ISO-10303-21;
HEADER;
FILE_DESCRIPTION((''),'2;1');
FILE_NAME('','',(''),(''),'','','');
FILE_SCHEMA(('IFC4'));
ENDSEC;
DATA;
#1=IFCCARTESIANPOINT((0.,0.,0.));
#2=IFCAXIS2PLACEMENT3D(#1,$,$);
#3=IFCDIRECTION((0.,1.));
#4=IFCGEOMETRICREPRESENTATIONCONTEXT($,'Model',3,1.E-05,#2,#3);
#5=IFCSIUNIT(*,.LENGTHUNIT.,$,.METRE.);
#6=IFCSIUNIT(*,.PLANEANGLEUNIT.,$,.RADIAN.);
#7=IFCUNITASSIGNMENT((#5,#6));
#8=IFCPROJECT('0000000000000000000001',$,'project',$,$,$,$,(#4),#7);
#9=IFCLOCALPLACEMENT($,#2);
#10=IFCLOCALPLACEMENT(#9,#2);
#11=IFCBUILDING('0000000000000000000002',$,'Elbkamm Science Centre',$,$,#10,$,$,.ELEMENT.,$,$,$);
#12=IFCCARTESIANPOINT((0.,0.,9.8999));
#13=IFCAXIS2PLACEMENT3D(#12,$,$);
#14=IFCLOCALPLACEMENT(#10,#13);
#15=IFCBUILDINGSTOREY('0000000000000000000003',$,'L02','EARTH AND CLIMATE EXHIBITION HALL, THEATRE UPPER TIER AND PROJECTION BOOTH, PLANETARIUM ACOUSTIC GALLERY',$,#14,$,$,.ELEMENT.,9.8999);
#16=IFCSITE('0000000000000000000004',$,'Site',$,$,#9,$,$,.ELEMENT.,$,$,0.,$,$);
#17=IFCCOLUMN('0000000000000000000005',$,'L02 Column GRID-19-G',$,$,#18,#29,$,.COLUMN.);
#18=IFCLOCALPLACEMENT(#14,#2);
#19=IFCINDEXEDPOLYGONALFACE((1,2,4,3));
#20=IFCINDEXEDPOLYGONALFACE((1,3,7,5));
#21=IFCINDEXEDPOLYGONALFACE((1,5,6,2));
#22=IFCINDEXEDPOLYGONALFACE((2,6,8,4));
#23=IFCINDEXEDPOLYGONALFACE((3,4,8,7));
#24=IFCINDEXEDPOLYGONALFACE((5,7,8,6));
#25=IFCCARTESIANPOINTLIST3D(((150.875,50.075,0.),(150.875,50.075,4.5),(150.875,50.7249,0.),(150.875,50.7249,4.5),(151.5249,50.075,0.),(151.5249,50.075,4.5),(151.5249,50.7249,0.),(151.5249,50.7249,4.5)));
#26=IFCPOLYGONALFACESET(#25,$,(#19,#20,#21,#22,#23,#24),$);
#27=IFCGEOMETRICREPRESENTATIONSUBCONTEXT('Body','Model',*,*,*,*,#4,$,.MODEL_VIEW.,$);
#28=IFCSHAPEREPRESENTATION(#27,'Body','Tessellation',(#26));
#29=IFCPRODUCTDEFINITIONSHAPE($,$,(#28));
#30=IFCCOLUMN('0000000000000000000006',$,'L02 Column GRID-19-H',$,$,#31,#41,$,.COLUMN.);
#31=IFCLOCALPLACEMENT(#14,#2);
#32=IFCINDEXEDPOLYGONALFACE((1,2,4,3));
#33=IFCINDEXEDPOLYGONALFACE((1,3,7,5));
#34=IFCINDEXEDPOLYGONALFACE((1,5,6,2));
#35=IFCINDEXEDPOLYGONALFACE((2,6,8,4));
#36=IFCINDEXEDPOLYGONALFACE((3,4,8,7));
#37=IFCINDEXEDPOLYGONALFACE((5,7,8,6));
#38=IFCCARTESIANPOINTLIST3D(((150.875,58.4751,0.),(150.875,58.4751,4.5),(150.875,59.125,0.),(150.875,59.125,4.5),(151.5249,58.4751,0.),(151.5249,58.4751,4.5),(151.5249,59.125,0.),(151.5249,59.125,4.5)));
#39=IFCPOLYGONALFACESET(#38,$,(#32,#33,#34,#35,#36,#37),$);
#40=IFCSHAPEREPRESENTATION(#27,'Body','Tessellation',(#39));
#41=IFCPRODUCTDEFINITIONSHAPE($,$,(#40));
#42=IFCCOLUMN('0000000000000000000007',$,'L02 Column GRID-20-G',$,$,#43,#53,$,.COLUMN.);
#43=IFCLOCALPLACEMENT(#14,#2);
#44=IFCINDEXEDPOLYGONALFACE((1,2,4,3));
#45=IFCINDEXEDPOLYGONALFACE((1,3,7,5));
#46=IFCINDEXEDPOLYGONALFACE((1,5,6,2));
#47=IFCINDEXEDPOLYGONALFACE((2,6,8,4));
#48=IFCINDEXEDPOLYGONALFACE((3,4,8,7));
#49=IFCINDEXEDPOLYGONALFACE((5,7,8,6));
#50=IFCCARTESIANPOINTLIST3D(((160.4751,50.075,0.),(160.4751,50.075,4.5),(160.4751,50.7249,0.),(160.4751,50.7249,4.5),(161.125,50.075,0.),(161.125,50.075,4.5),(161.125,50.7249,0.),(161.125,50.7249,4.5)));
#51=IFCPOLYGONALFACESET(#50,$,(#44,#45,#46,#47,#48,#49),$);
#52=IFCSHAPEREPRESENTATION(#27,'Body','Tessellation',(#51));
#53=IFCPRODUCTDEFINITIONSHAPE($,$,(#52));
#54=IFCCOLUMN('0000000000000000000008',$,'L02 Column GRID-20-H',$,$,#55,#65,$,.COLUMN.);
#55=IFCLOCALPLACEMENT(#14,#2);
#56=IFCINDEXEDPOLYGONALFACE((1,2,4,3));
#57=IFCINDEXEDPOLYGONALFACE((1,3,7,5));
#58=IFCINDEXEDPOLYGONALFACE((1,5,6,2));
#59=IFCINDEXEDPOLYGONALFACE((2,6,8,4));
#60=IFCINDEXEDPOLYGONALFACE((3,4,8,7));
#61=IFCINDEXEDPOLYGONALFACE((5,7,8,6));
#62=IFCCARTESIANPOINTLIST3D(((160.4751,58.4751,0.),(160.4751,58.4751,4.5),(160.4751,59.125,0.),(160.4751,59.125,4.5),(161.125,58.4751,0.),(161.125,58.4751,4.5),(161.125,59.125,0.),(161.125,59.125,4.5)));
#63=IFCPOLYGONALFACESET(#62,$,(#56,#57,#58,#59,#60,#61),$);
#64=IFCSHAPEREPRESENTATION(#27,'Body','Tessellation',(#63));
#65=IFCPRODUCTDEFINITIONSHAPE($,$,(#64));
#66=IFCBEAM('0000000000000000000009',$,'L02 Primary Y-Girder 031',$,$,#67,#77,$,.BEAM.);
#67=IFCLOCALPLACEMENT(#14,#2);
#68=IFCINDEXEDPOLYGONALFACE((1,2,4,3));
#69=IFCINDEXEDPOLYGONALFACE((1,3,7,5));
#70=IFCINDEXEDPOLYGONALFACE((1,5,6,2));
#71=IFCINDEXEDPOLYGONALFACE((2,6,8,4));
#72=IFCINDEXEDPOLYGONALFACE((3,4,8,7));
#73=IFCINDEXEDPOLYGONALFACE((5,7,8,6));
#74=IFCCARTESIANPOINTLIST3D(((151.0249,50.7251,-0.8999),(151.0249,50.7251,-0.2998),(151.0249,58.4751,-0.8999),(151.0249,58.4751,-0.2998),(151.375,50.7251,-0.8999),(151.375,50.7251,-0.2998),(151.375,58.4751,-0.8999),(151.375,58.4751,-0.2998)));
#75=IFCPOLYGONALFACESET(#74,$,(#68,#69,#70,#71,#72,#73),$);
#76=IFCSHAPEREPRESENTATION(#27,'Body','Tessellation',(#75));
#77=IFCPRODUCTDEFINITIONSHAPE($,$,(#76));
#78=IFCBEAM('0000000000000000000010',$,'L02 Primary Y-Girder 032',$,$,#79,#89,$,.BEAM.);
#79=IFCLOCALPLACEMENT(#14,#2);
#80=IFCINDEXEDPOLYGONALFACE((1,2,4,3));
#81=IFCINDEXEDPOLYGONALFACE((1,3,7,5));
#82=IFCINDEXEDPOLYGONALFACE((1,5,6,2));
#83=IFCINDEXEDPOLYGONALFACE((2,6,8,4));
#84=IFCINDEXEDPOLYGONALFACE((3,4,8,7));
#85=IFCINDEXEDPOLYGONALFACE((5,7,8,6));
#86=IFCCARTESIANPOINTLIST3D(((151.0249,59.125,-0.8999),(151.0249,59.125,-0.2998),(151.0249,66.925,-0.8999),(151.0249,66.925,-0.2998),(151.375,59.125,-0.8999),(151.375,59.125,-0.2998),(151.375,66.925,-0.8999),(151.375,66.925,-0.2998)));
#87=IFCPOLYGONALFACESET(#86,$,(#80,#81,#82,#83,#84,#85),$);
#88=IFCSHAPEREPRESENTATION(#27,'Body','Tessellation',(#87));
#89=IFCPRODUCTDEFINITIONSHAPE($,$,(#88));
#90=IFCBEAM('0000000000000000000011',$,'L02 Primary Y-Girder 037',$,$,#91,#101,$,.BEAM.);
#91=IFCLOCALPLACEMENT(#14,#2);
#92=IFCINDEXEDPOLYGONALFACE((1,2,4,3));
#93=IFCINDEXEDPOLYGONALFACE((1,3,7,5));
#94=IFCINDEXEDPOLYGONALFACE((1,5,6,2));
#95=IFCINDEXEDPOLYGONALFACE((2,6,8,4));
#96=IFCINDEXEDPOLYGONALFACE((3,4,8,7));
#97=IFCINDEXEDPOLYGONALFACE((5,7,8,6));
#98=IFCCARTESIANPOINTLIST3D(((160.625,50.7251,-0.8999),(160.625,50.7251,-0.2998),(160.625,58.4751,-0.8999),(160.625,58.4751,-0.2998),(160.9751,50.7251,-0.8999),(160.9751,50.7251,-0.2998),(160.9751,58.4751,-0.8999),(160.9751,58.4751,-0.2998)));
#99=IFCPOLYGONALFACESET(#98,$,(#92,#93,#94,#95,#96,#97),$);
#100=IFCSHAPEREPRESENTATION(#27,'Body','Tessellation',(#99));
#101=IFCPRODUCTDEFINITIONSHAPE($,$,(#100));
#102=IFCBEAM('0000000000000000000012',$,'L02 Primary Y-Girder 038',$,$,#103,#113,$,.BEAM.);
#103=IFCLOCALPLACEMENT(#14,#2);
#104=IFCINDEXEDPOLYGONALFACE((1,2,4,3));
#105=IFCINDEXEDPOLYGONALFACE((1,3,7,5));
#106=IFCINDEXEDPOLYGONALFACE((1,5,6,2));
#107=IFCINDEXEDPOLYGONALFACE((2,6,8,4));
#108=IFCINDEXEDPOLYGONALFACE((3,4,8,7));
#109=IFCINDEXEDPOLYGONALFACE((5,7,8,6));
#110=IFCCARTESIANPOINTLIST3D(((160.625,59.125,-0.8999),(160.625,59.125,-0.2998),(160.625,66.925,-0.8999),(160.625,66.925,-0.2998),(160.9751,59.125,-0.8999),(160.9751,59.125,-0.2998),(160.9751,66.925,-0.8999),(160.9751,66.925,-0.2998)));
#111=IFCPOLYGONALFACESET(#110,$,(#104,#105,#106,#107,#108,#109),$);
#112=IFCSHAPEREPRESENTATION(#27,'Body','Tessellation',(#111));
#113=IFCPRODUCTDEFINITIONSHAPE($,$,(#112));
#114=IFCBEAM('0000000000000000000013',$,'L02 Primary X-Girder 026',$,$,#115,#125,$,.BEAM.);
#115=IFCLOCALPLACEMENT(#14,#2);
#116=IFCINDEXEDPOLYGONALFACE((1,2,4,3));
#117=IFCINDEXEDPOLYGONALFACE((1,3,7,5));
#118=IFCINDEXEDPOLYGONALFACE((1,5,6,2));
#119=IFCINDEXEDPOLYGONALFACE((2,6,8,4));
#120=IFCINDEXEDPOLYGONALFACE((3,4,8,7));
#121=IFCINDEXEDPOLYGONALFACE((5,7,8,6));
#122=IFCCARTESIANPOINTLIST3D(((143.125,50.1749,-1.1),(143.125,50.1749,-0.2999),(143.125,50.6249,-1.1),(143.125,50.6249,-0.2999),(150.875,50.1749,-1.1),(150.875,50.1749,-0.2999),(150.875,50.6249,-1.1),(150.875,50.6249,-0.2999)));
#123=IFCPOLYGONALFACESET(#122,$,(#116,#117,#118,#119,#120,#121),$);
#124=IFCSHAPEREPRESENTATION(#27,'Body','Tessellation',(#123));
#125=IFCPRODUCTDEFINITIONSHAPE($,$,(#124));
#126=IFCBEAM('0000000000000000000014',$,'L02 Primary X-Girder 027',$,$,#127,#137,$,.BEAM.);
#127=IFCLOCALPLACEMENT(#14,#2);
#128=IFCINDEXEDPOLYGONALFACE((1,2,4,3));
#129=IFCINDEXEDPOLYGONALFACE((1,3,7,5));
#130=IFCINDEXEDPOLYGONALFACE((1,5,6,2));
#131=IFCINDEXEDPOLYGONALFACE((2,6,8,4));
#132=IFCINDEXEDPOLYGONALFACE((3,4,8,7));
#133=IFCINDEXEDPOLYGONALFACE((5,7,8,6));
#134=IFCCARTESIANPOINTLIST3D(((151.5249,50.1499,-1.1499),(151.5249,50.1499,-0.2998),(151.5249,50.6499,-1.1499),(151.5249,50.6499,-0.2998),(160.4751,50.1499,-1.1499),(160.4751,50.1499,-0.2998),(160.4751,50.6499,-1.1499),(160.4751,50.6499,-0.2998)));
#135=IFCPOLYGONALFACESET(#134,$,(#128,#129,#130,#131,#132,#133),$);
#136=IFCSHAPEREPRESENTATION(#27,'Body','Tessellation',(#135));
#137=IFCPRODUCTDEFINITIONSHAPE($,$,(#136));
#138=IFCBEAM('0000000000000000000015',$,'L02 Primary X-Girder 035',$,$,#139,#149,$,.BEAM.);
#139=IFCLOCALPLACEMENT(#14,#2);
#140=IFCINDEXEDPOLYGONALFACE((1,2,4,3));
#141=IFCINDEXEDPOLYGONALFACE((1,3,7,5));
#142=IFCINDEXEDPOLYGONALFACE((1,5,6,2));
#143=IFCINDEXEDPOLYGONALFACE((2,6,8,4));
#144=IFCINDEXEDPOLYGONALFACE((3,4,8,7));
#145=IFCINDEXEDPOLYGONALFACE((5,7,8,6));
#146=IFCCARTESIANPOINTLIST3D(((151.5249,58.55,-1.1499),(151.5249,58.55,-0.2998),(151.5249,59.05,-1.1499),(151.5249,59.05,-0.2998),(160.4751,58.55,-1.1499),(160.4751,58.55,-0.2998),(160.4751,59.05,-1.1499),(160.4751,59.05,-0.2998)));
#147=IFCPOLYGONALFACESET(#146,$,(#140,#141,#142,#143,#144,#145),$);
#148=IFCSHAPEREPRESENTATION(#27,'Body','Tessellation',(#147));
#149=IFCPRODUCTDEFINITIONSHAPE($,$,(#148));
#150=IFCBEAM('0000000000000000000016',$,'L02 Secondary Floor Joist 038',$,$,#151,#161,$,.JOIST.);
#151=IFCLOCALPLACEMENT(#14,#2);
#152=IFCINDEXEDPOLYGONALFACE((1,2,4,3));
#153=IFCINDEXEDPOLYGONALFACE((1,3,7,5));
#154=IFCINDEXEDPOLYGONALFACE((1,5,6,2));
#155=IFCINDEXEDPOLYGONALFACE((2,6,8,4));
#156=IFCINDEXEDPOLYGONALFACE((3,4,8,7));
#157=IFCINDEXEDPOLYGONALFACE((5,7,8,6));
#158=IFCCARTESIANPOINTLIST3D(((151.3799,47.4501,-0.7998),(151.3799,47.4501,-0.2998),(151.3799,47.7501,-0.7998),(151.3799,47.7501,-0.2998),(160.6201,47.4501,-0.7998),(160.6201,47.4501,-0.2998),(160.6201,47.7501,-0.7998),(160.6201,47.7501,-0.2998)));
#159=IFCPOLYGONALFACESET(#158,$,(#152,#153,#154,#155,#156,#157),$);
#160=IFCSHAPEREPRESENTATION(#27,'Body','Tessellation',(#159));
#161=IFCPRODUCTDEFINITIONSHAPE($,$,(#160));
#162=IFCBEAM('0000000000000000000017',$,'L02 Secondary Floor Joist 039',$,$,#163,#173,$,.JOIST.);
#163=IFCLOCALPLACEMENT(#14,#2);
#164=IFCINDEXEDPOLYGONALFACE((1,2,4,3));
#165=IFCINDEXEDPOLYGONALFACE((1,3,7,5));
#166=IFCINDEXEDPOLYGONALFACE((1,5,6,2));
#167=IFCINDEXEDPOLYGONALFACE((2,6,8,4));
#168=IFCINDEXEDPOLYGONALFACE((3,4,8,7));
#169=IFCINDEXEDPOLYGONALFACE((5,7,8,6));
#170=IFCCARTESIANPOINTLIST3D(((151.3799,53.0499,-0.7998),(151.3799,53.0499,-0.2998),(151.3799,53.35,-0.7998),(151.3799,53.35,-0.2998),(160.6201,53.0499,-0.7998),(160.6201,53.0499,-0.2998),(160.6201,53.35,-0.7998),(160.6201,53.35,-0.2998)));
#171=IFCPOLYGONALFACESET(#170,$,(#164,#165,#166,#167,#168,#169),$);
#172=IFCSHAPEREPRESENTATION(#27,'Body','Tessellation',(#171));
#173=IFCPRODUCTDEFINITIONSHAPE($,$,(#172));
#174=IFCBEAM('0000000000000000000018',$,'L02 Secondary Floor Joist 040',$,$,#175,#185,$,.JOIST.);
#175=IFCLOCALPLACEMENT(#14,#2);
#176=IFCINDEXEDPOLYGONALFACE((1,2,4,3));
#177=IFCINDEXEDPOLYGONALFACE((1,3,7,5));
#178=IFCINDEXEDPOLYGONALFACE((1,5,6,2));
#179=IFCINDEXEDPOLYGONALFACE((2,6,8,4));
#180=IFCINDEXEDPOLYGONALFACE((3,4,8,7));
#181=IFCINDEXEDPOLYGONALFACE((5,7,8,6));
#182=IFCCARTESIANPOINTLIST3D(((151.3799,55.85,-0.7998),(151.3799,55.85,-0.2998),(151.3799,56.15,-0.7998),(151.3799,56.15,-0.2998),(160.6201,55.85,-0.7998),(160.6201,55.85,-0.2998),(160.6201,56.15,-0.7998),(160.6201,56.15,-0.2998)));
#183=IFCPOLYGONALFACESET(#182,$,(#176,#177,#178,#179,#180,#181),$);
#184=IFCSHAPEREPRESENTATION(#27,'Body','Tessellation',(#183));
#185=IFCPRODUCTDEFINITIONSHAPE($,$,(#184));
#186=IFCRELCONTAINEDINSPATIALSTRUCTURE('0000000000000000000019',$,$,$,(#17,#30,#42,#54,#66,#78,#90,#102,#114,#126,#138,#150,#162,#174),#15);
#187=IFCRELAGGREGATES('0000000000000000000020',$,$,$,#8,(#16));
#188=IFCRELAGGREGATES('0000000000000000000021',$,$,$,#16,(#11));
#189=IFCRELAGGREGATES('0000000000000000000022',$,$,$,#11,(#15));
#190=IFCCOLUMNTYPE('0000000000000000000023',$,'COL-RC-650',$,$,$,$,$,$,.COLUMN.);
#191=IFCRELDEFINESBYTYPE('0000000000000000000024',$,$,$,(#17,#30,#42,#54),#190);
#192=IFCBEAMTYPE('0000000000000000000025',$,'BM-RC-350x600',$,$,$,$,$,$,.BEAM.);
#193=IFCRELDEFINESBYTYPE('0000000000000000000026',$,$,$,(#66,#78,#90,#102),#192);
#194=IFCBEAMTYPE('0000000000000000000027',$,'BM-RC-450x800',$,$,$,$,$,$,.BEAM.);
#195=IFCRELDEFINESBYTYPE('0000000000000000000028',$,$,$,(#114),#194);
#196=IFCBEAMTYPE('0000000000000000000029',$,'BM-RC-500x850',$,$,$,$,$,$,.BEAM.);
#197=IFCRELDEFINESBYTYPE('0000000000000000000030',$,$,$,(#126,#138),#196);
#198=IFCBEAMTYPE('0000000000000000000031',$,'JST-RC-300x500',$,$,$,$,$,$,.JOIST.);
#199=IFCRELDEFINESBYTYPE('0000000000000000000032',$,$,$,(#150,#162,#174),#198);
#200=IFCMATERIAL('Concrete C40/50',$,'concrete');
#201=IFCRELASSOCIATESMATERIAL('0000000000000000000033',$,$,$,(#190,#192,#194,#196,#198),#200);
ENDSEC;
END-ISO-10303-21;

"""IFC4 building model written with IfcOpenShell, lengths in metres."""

from ifc_helpers import new_model, si_unit, direction, frame, origin, origin_2d, place, context, subcontext, project, spatial, rectangle, extrude, material, material_profile, profile_set, type_object, element, save


model = new_model("IFC4")

# Units and contexts
model_context = context("Model", 3, precision=1e-05, world=origin(), true_north=direction((0.0, 1.0)))
body_context = subcontext(model_context, "Body", "Model", "MODEL_VIEW")
ifc_project = project(units=[si_unit("LENGTHUNIT", "METRE"), si_unit("PLANEANGLEUNIT", "RADIAN")], contexts=[model_context])

# Site, building, storey
site_placement = place(None, origin())
site = spatial("IfcSite", under=ifc_project, at=site_placement, Name="Site", CompositionType="ELEMENT", RefElevation=0.0)
building_placement = place(site_placement, origin())
building = spatial("IfcBuilding", under=site, at=building_placement, Name="Elbkamm Science Centre", CompositionType="ELEMENT")
storey_placement = place(building_placement, frame((0.0, 0.0, 9.8999)))
storey = spatial("IfcBuildingStorey", under=building, at=storey_placement, Name="L02", Description="EARTH AND CLIMATE EXHIBITION HALL, THEATRE UPPER TIER AND PROJECTION BOOTH, PLANETARIUM ACOUSTIC GALLERY", CompositionType="ELEMENT", Elevation=9.8999)

# Columns
ifc_material_1 = material(Name="Concrete C40/50", Category="concrete")
ifc_material_profile_1 = material_profile(ifc_material_1, rectangle(XDim=0.6499, YDim=0.6499, at=origin_2d()), Name="RC 650x650")
ifc_profile_set_1 = profile_set([ifc_material_profile_1], Name="Concrete C40/50")
column_type = type_object("IfcColumnType", Name="COL-RC-650", PredefinedType="COLUMN", material=ifc_profile_set_1)
for number, where, z_axis, x_axis, name in (
    (1, (151.2, 50.3999, 0.0), (0.0, 0.0, 1.0), (1.0, 0.0, 0.0), "L02 Column GRID-19-G"),
    (2, (151.2, 58.8, 0.0), (0.0, 0.0, 1.0), (1.0, 0.0, 0.0), "L02 Column GRID-19-H"),
    (3, (160.8, 50.3999, 0.0), (0.0, 0.0, 1.0), (1.0, 0.0, 0.0), "L02 Column GRID-20-G"),
    (4, (160.8, 58.8, 0.0), (0.0, 0.0, 1.0), (1.0, 0.0, 0.0), "L02 Column GRID-20-H"),
):
    element("IfcColumn", number, at=place(storey_placement, frame(where, z_axis=z_axis, x_axis=x_axis)), inside=storey, type_object=column_type, Name=name, PredefinedType="COLUMN", context=body_context, shape_type="SweptSolid", body=[
        extrude(rectangle(XDim=0.6499, YDim=0.6499, at=origin_2d()), origin(), (0.0, 0.0, 1.0), 4.5),
    ])

# Beams
ifc_material_profile_2 = material_profile(ifc_material_1, rectangle(XDim=0.3501, YDim=0.6001, at=origin_2d()), Name="RC 350x600")
ifc_profile_set_2 = profile_set([ifc_material_profile_2], Name="Concrete C40/50")
beam_type_1 = type_object("IfcBeamType", Name="BM-RC-350x600", PredefinedType="BEAM", material=ifc_profile_set_2)
beam_1_placement = place(storey_placement, frame((151.2, 50.7251, -0.5999), z_axis=(0.0, 1.0, 0.0), x_axis=(-1.0, 0.0, 0.0)))
element("IfcBeam", 5, at=beam_1_placement, inside=storey, type_object=beam_type_1, Name="L02 Primary Y-Girder 031", PredefinedType="BEAM", context=body_context, shape_type="SweptSolid", body=[
    extrude(rectangle(XDim=0.3501, YDim=0.6001, at=origin_2d()), origin(), (0.0, 0.0, 1.0), 7.75),
])
beam_2_placement = place(storey_placement, frame((151.2, 59.125, -0.5999), z_axis=(0.0, 1.0, 0.0), x_axis=(-1.0, 0.0, 0.0)))
element("IfcBeam", 6, at=beam_2_placement, inside=storey, type_object=beam_type_1, Name="L02 Primary Y-Girder 032", PredefinedType="BEAM", context=body_context, shape_type="SweptSolid", body=[
    extrude(rectangle(XDim=0.3501, YDim=0.6001, at=origin_2d()), origin(), (0.0, 0.0, 1.0), 7.8),
])
beam_3_placement = place(storey_placement, frame((160.8, 50.7251, -0.5999), z_axis=(0.0, 1.0, 0.0), x_axis=(-1.0, 0.0, 0.0)))
element("IfcBeam", 7, at=beam_3_placement, inside=storey, type_object=beam_type_1, Name="L02 Primary Y-Girder 037", PredefinedType="BEAM", context=body_context, shape_type="SweptSolid", body=[
    extrude(rectangle(XDim=0.3501, YDim=0.6001, at=origin_2d()), origin(), (0.0, 0.0, 1.0), 7.75),
])
beam_4_placement = place(storey_placement, frame((160.8, 59.125, -0.5999), z_axis=(0.0, 1.0, 0.0), x_axis=(-1.0, 0.0, 0.0)))
element("IfcBeam", 8, at=beam_4_placement, inside=storey, type_object=beam_type_1, Name="L02 Primary Y-Girder 038", PredefinedType="BEAM", context=body_context, shape_type="SweptSolid", body=[
    extrude(rectangle(XDim=0.3501, YDim=0.6001, at=origin_2d()), origin(), (0.0, 0.0, 1.0), 7.8),
])
ifc_material_profile_3 = material_profile(ifc_material_1, rectangle(XDim=0.45, YDim=0.8, at=origin_2d()), Name="RC 450x800")
ifc_profile_set_3 = profile_set([ifc_material_profile_3], Name="Concrete C40/50")
beam_type_2 = type_object("IfcBeamType", Name="BM-RC-450x800", PredefinedType="BEAM", material=ifc_profile_set_3)
beam_5_placement = place(storey_placement, frame((143.125, 50.3999, -0.7), z_axis=(1.0, 0.0, 0.0), x_axis=(0.0, 1.0, 0.0)))
element("IfcBeam", 9, at=beam_5_placement, inside=storey, type_object=beam_type_2, Name="L02 Primary X-Girder 026", PredefinedType="BEAM", context=body_context, shape_type="SweptSolid", body=[
    extrude(rectangle(XDim=0.45, YDim=0.8, at=origin_2d()), origin(), (0.0, 0.0, 1.0), 7.75),
])
ifc_material_profile_4 = material_profile(ifc_material_1, rectangle(XDim=0.5, YDim=0.8501, at=origin_2d()), Name="RC 500x850")
ifc_profile_set_4 = profile_set([ifc_material_profile_4], Name="Concrete C40/50")
beam_type_3 = type_object("IfcBeamType", Name="BM-RC-500x850", PredefinedType="BEAM", material=ifc_profile_set_4)
for number, where, z_axis, x_axis, name in (
    (10, (151.5249, 50.3999, -0.7249), (1.0, 0.0, 0.0), (0.0, 1.0, 0.0), "L02 Primary X-Girder 027"),
    (11, (151.5249, 58.8, -0.7249), (1.0, 0.0, 0.0), (0.0, 1.0, 0.0), "L02 Primary X-Girder 035"),
):
    element("IfcBeam", number, at=place(storey_placement, frame(where, z_axis=z_axis, x_axis=x_axis)), inside=storey, type_object=beam_type_3, Name=name, PredefinedType="BEAM", context=body_context, shape_type="SweptSolid", body=[
        extrude(rectangle(XDim=0.5, YDim=0.8501, at=origin_2d()), origin(), (0.0, 0.0, 1.0), 8.9502),
    ])
ifc_material_profile_5 = material_profile(ifc_material_1, rectangle(XDim=0.3, YDim=0.5, at=origin_2d()), Name="RC 300x500")
ifc_profile_set_5 = profile_set([ifc_material_profile_5], Name="Concrete C40/50")
beam_type_4 = type_object("IfcBeamType", Name="JST-RC-300x500", PredefinedType="JOIST", material=ifc_profile_set_5)
for number, where, z_axis, x_axis, name in (
    (12, (151.3799, 47.6001, -0.5498), (1.0, 0.0, 0.0), (0.0, 1.0, 0.0), "L02 Secondary Floor Joist 038"),
    (13, (151.3799, 53.2, -0.5498), (1.0, 0.0, 0.0), (0.0, 1.0, 0.0), "L02 Secondary Floor Joist 039"),
    (14, (151.3799, 56.0, -0.5498), (1.0, 0.0, 0.0), (0.0, 1.0, 0.0), "L02 Secondary Floor Joist 040"),
):
    element("IfcBeam", number, at=place(storey_placement, frame(where, z_axis=z_axis, x_axis=x_axis)), inside=storey, type_object=beam_type_4, Name=name, PredefinedType="JOIST", context=body_context, shape_type="SweptSolid", body=[
        extrude(rectangle(XDim=0.3, YDim=0.5, at=origin_2d()), origin(), (0.0, 0.0, 1.0), 9.2402),
    ])

save(model, "model.ifc")
